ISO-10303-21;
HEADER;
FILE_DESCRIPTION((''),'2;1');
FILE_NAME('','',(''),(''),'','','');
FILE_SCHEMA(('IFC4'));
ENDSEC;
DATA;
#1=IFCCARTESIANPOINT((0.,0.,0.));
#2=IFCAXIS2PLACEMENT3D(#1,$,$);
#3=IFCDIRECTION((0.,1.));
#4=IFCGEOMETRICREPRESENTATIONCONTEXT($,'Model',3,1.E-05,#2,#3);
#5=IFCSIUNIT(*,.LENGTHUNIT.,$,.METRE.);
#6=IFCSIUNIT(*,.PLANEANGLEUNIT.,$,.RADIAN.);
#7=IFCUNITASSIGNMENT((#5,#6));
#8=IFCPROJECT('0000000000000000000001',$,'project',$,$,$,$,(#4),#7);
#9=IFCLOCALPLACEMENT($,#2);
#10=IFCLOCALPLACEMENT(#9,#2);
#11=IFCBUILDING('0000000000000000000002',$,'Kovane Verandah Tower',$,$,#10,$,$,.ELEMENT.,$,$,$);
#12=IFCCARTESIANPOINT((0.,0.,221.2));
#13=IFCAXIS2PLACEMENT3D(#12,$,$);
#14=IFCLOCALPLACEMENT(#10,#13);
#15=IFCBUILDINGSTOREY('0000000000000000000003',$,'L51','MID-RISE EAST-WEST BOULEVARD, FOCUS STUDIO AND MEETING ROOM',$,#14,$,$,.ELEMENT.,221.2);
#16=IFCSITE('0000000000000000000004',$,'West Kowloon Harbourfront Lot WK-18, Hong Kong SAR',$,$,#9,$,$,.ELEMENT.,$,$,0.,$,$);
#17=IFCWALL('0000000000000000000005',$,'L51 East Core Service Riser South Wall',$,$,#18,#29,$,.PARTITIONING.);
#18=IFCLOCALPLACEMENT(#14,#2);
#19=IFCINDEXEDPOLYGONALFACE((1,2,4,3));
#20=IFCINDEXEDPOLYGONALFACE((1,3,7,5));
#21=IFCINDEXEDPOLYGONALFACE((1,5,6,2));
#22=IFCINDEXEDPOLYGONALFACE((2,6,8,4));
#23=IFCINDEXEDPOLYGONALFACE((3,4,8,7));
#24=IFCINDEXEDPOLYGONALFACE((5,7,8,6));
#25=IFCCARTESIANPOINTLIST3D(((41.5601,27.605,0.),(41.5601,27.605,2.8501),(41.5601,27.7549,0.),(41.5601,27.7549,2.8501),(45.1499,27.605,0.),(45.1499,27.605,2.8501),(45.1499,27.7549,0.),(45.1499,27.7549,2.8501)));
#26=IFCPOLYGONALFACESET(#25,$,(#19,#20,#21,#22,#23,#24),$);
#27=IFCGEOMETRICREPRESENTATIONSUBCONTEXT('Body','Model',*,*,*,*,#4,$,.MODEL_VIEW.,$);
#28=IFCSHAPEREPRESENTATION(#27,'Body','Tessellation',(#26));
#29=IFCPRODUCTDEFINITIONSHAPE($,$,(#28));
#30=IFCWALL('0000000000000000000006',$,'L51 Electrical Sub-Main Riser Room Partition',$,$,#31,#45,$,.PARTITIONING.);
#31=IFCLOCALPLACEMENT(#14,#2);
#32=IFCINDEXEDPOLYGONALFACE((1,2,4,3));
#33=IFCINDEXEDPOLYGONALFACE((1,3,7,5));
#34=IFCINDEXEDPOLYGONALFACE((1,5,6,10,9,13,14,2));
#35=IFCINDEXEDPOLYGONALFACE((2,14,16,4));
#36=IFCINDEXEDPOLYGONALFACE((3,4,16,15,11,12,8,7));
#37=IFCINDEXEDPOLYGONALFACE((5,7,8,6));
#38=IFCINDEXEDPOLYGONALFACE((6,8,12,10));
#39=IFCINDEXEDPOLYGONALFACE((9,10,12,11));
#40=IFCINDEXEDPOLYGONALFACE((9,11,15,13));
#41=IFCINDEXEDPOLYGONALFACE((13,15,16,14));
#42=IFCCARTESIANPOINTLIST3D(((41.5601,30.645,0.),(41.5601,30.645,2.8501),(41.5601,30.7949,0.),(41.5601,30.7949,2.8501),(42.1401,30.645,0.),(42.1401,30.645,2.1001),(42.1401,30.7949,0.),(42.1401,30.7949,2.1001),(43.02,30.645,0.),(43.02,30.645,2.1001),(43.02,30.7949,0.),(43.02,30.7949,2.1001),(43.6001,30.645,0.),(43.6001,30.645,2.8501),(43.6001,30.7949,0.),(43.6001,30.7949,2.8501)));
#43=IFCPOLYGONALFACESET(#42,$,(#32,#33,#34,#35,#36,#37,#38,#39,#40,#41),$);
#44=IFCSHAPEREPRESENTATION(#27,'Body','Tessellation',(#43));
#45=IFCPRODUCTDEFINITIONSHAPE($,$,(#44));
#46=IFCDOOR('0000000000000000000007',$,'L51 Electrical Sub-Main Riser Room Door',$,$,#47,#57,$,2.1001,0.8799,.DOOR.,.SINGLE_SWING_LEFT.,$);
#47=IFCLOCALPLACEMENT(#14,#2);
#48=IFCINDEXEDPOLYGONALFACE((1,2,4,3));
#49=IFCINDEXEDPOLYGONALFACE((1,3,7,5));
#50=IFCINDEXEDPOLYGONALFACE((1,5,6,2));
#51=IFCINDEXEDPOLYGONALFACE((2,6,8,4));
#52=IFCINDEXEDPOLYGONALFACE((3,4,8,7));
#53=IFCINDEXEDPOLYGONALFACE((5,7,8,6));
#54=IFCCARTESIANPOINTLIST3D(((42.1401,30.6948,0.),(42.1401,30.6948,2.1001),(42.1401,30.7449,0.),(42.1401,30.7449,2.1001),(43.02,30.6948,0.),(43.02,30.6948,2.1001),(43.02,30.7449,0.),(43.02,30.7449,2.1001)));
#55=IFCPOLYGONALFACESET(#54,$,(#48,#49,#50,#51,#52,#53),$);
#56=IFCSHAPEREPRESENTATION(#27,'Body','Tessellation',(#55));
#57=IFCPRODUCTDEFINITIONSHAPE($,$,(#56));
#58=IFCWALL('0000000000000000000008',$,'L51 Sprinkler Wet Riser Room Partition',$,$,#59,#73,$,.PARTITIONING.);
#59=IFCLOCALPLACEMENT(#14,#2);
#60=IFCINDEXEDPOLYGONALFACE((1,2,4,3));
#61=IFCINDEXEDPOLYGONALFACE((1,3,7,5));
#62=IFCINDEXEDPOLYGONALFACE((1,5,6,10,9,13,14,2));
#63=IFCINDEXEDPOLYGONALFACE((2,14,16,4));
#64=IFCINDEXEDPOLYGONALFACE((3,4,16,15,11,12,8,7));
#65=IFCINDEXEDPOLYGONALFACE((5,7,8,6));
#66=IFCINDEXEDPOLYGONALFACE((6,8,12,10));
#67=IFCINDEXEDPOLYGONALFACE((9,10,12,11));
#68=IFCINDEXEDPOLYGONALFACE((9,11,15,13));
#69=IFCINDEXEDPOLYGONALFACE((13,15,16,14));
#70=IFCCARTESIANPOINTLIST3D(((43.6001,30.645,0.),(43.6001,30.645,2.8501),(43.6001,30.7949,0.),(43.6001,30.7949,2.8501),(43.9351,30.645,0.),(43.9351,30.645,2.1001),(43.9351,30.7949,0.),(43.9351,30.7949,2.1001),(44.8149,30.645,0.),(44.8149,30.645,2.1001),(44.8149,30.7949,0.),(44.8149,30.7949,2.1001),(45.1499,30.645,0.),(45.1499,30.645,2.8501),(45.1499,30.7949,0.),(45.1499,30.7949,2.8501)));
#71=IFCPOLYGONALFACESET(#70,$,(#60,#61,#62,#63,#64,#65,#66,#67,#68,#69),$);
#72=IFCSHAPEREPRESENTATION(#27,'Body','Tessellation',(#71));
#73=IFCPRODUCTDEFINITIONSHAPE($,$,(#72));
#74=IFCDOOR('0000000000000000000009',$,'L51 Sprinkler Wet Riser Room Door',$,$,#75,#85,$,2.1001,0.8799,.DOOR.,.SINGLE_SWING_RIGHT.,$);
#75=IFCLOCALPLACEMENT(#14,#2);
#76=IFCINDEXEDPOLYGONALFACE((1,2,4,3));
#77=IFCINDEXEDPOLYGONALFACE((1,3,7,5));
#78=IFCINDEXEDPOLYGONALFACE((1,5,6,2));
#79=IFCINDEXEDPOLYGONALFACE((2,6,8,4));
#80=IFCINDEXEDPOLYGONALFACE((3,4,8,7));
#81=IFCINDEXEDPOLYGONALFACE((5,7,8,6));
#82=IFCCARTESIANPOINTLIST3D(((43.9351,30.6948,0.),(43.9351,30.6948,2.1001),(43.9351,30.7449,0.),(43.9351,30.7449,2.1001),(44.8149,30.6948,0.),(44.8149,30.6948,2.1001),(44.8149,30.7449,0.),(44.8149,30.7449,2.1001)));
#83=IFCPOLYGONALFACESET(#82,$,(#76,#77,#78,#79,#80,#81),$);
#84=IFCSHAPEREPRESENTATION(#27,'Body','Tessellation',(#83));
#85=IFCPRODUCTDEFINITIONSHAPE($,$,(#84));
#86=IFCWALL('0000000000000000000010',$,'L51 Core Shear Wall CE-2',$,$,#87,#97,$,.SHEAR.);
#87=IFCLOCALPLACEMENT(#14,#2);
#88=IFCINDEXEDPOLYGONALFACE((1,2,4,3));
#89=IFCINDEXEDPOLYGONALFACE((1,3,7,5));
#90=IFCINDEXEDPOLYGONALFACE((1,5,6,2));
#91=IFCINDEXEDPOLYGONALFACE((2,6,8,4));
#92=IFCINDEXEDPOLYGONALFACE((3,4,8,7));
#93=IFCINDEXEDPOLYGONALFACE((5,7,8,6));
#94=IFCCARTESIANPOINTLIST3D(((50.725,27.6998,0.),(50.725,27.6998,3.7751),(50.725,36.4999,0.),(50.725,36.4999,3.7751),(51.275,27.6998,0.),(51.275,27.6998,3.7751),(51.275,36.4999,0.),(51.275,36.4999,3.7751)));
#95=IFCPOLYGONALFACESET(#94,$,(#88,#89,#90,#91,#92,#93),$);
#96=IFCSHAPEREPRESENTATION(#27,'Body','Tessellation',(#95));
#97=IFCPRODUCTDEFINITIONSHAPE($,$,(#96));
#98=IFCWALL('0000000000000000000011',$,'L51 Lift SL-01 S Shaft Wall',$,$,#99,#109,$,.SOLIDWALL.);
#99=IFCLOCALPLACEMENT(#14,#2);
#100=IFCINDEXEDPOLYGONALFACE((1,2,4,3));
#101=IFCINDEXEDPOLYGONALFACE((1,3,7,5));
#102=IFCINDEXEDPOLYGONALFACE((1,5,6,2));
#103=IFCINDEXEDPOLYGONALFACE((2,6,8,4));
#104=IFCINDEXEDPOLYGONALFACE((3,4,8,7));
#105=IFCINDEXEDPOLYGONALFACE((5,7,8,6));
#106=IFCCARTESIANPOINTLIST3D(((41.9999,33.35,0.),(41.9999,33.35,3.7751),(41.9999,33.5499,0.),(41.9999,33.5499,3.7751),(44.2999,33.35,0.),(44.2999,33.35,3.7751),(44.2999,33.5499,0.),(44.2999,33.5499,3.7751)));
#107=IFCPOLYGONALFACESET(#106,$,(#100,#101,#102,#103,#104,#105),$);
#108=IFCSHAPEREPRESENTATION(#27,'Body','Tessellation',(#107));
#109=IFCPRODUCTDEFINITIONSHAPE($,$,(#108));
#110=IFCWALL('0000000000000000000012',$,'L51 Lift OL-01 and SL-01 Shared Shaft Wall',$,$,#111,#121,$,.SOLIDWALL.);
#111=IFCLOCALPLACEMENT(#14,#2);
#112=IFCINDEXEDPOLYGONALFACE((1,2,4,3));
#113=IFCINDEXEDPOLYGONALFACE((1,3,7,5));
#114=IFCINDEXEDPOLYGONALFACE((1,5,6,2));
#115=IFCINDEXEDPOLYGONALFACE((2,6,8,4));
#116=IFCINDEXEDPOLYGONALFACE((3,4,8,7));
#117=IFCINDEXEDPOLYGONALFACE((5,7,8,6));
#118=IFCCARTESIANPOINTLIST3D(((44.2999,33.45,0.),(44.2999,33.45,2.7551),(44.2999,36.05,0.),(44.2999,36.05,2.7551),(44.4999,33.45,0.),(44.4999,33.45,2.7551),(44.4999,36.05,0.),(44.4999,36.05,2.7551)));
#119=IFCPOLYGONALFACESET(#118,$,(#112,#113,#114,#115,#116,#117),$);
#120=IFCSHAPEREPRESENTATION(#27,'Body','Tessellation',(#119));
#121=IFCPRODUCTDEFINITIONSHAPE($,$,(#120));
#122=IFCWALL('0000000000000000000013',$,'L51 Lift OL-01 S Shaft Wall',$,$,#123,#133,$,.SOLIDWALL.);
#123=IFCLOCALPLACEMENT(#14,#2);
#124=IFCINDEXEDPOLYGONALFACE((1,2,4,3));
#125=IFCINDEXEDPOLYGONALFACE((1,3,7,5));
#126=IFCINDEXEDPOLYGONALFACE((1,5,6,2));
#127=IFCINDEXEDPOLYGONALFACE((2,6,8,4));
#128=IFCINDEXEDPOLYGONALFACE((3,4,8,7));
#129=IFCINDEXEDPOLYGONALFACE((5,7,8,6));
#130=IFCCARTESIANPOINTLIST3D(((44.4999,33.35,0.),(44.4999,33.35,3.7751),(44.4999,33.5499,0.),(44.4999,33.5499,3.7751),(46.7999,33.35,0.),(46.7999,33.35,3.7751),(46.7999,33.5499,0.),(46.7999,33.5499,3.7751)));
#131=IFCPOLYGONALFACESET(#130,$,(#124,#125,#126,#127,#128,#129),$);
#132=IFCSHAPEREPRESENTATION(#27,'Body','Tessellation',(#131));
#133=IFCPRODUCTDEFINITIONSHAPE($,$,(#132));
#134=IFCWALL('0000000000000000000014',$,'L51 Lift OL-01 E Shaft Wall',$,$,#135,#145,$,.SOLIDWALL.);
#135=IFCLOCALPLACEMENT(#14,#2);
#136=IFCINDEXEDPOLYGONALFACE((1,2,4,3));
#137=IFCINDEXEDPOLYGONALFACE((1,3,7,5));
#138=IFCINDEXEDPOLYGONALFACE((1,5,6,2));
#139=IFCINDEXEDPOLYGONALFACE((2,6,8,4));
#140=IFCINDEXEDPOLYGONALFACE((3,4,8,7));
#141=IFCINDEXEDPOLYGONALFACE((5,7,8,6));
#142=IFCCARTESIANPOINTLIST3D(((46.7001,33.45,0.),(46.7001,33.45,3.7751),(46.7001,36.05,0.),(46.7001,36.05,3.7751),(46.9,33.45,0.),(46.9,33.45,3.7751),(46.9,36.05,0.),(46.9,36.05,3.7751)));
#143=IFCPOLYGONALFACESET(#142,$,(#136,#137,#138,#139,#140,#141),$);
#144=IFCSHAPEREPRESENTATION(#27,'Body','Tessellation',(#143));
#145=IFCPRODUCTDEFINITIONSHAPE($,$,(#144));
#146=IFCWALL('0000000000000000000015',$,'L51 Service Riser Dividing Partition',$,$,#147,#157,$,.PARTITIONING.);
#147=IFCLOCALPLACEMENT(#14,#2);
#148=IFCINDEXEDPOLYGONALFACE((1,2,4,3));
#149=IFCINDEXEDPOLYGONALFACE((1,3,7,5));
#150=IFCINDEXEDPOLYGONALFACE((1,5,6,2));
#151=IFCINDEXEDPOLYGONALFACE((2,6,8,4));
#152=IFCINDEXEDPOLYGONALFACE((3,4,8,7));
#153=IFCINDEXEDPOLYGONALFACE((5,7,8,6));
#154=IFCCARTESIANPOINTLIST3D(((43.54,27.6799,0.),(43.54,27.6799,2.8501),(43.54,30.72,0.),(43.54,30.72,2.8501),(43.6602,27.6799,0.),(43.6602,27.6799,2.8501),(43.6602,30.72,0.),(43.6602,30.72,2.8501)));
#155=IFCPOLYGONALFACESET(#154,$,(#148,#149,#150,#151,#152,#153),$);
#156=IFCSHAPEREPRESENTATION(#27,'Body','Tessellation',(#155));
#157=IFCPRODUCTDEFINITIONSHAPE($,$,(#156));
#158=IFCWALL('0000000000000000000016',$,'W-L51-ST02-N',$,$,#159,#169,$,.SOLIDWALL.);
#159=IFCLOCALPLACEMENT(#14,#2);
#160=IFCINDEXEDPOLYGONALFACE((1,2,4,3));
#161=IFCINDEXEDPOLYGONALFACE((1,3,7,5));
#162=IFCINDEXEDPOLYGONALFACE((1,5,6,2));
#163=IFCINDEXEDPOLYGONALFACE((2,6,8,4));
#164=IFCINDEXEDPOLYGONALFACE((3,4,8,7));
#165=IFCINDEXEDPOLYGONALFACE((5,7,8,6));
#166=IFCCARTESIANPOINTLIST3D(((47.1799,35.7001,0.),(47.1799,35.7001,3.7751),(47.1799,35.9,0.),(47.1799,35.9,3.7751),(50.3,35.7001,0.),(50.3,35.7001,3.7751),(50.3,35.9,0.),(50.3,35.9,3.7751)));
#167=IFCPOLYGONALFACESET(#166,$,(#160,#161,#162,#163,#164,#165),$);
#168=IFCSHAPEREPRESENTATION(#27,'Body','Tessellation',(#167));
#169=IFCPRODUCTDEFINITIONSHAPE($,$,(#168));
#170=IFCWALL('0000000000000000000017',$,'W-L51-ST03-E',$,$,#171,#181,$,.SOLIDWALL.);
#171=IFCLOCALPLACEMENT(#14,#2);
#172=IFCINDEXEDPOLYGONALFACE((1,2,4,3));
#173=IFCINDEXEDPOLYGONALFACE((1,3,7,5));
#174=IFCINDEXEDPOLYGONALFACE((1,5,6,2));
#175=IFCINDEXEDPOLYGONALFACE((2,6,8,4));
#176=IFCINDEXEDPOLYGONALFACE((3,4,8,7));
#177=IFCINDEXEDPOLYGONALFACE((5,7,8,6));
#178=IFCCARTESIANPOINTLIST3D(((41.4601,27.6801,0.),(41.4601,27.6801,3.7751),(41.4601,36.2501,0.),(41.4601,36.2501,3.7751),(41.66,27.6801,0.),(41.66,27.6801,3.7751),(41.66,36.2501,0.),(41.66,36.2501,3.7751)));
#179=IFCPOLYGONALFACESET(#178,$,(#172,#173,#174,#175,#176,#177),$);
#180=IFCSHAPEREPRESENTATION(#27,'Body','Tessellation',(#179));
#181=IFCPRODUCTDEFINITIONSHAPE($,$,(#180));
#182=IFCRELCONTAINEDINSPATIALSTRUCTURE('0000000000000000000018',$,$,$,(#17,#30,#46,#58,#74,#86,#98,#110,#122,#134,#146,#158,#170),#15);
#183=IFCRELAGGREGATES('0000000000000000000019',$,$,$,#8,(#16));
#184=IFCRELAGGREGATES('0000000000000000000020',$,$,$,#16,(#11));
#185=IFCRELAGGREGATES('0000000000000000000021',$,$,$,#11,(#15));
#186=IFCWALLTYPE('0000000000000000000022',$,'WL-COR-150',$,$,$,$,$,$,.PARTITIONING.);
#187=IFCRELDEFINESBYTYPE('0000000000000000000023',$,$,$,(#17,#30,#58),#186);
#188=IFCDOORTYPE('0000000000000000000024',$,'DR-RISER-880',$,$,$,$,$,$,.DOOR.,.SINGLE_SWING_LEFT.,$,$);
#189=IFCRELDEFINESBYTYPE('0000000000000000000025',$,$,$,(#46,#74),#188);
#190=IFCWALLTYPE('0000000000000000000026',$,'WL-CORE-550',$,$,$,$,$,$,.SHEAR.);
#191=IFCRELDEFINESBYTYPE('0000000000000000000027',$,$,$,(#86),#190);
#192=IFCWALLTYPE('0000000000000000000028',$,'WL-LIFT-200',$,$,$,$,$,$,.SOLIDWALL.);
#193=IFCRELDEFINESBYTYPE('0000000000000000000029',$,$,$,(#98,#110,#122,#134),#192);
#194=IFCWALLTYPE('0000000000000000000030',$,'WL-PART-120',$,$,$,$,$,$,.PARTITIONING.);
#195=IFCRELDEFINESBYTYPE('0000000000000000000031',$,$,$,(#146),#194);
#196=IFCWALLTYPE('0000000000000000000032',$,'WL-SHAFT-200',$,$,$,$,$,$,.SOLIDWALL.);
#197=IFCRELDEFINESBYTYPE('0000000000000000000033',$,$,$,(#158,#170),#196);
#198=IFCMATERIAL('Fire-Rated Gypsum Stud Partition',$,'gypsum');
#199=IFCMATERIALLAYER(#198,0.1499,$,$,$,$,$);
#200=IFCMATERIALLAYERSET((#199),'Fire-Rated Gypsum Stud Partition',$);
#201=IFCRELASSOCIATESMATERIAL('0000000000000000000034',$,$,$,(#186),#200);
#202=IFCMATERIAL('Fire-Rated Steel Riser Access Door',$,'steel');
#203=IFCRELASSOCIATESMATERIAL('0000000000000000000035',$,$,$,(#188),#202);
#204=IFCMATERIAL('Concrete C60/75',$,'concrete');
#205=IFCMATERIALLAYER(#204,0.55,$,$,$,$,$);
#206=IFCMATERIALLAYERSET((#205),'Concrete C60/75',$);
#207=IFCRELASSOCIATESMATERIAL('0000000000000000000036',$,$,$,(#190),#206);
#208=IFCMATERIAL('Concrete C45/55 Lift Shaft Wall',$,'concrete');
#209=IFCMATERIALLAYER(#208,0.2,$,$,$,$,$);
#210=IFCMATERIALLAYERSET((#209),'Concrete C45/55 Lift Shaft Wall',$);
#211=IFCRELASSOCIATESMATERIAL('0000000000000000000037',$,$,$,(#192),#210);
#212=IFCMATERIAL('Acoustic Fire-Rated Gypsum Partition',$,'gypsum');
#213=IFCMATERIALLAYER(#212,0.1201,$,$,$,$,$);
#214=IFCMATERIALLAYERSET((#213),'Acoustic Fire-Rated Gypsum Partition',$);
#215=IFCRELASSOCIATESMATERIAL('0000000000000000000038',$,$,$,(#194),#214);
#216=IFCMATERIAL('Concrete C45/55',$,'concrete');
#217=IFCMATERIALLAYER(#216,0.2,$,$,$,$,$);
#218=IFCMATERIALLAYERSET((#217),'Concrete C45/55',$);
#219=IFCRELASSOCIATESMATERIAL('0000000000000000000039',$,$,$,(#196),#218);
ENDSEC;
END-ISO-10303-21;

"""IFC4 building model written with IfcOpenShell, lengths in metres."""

from ifc_helpers import new_model, si_unit, direction, frame, frame_2d, origin, place, context, subcontext, project, spatial, rectangle, extrude, material, layer, layer_set, type_object, element, fill, save


model = new_model("IFC4")

# Units and contexts
model_context = context("Model", 3, precision=1e-05, world=origin(), true_north=direction((0.0, 1.0)))
body_context = subcontext(model_context, "Body", "Model", "MODEL_VIEW")
ifc_project = project(units=[si_unit("LENGTHUNIT", "METRE"), si_unit("PLANEANGLEUNIT", "RADIAN")], contexts=[model_context])

# Site, building, storey
site_placement = place(None, origin())
site = spatial("IfcSite", under=ifc_project, at=site_placement, Name="West Kowloon Harbourfront Lot WK-18, Hong Kong SAR", CompositionType="ELEMENT", RefElevation=0.0)
building_placement = place(site_placement, origin())
building = spatial("IfcBuilding", under=site, at=building_placement, Name="Kovane Verandah Tower", CompositionType="ELEMENT")
storey_placement = place(building_placement, frame((0.0, 0.0, 221.2)))
storey = spatial("IfcBuildingStorey", under=building, at=storey_placement, Name="L51", Description="MID-RISE EAST-WEST BOULEVARD, FOCUS STUDIO AND MEETING ROOM", CompositionType="ELEMENT", Elevation=221.2)

# Wall
ifc_material_1 = material(Name="Fire-Rated Gypsum Stud Partition", Category="gypsum")
ifc_layer_1 = layer(ifc_material_1, 0.1499)
ifc_layer_set_1 = layer_set([ifc_layer_1], Name="Fire-Rated Gypsum Stud Partition")
wall_type_1 = type_object("IfcWallType", Name="WL-COR-150", PredefinedType="PARTITIONING", material=ifc_layer_set_1)
wall_1_placement = place(storey_placement, frame((41.5601, 27.6799, 0.0), z_axis=(0.0, 0.0, 1.0), x_axis=(1.0, 0.0, 0.0)))
element("IfcWall", 1, at=wall_1_placement, inside=storey, type_object=wall_type_1, Name="L51 East Core Service Riser South Wall", PredefinedType="PARTITIONING", context=body_context, shape_type="SweptSolid", body=[
    extrude(rectangle(XDim=3.5898, YDim=0.1499, at=frame_2d((1.7949, 0.0))), origin(), (0.0, 0.0, 1.0), 2.8501),
])

# Walls, openings, doors
wall_2_placement = place(storey_placement, frame((41.5601, 30.72, 0.0), z_axis=(0.0, 0.0, 1.0), x_axis=(1.0, 0.0, 0.0)))
wall_2 = element("IfcWall", 2, at=wall_2_placement, inside=storey, type_object=wall_type_1, Name="L51 Electrical Sub-Main Riser Room Partition", PredefinedType="PARTITIONING", context=body_context, shape_type="SweptSolid", body=[
    extrude(rectangle(XDim=2.04, YDim=0.1499, at=frame_2d((1.02, 0.0))), origin(), (0.0, 0.0, 1.0), 2.8501),
])
opening_1_placement = place(wall_2_placement, frame((0.5801, 0.0, 0.0)))
opening_1 = element("IfcOpeningElement", 3, at=opening_1_placement, cuts=wall_2, PredefinedType="OPENING", context=body_context, shape_type="SweptSolid", body=[
    extrude(rectangle(XDim=0.8799, YDim=2.1001, at=frame_2d((0.4399, 1.05))), frame((0.0, 0.075, 0.0), z_axis=(0.0, -1.0, 0.0), x_axis=(1.0, 0.0, 0.0)), (0.0, 0.0, 1.0), 0.1499),
])
ifc_material_2 = material(Name="Fire-Rated Steel Riser Access Door", Category="steel")
door_type = type_object("IfcDoorType", Name="DR-RISER-880", OperationType="SINGLE_SWING_LEFT", PredefinedType="DOOR", material=ifc_material_2)
door_1_placement = place(opening_1_placement, origin())
door_1 = element("IfcDoor", 4, at=door_1_placement, inside=storey, type_object=door_type, Name="L51 Electrical Sub-Main Riser Room Door", OperationType="SINGLE_SWING_LEFT", OverallHeight=2.1001, OverallWidth=0.8799, PredefinedType="DOOR", context=body_context, shape_type="SweptSolid", body=[
    extrude(rectangle(XDim=0.8799, YDim=2.1001, at=frame_2d((0.4399, 1.05))), frame((0.0, 0.0249, 0.0), z_axis=(0.0, -1.0, 0.0), x_axis=(1.0, 0.0, 0.0)), (0.0, 0.0, 1.0), 0.05),
])
fill(opening_1, door_1)
wall_3_placement = place(storey_placement, frame((43.6001, 30.72, 0.0), z_axis=(0.0, 0.0, 1.0), x_axis=(1.0, 0.0, 0.0)))
wall_3 = element("IfcWall", 5, at=wall_3_placement, inside=storey, type_object=wall_type_1, Name="L51 Sprinkler Wet Riser Room Partition", PredefinedType="PARTITIONING", context=body_context, shape_type="SweptSolid", body=[
    extrude(rectangle(XDim=1.5498, YDim=0.1499, at=frame_2d((0.7749, 0.0))), origin(), (0.0, 0.0, 1.0), 2.8501),
])
opening_2_placement = place(wall_3_placement, frame((0.335, 0.0, 0.0)))
opening_2 = element("IfcOpeningElement", 6, at=opening_2_placement, cuts=wall_3, PredefinedType="OPENING", context=body_context, shape_type="SweptSolid", body=[
    extrude(rectangle(XDim=0.8799, YDim=2.1001, at=frame_2d((0.4399, 1.05))), frame((0.0, 0.075, 0.0), z_axis=(0.0, -1.0, 0.0), x_axis=(1.0, 0.0, 0.0)), (0.0, 0.0, 1.0), 0.1499),
])
door_2_placement = place(opening_2_placement, origin())
door_2 = element("IfcDoor", 7, at=door_2_placement, inside=storey, type_object=door_type, Name="L51 Sprinkler Wet Riser Room Door", OperationType="SINGLE_SWING_RIGHT", OverallHeight=2.1001, OverallWidth=0.8799, PredefinedType="DOOR", context=body_context, shape_type="SweptSolid", body=[
    extrude(rectangle(XDim=0.8799, YDim=2.1001, at=frame_2d((0.4399, 1.05))), frame((0.0, 0.0249, 0.0), z_axis=(0.0, -1.0, 0.0), x_axis=(1.0, 0.0, 0.0)), (0.0, 0.0, 1.0), 0.05),
])
fill(opening_2, door_2)

# Walls
ifc_material_3 = material(Name="Concrete C60/75", Category="concrete")
ifc_layer_2 = layer(ifc_material_3, 0.55)
ifc_layer_set_2 = layer_set([ifc_layer_2], Name="Concrete C60/75")
wall_type_2 = type_object("IfcWallType", Name="WL-CORE-550", PredefinedType="SHEAR", material=ifc_layer_set_2)
wall_4_placement = place(storey_placement, frame((51.0, 27.7, 0.0), z_axis=(0.0, 0.0, 1.0), x_axis=(0.0, 1.0, 0.0)))
element("IfcWall", 8, at=wall_4_placement, inside=storey, type_object=wall_type_2, Name="L51 Core Shear Wall CE-2", PredefinedType="SHEAR", context=body_context, shape_type="SweptSolid", body=[
    extrude(rectangle(XDim=8.8, YDim=0.55, at=frame_2d((4.3999, 0.0))), origin(), (0.0, 0.0, 1.0), 3.7751),
])
ifc_material_4 = material(Name="Concrete C45/55 Lift Shaft Wall", Category="concrete")
ifc_layer_3 = layer(ifc_material_4, 0.2)
ifc_layer_set_3 = layer_set([ifc_layer_3], Name="Concrete C45/55 Lift Shaft Wall")
wall_type_3 = type_object("IfcWallType", Name="WL-LIFT-200", PredefinedType="SOLIDWALL", material=ifc_layer_set_3)
wall_5_placement = place(storey_placement, frame((42.0, 33.45, 0.0), z_axis=(0.0, 0.0, 1.0), x_axis=(1.0, 0.0, 0.0)))
element("IfcWall", 9, at=wall_5_placement, inside=storey, type_object=wall_type_3, Name="L51 Lift SL-01 S Shaft Wall", PredefinedType="SOLIDWALL", context=body_context, shape_type="SweptSolid", body=[
    extrude(rectangle(XDim=2.3, YDim=0.2, at=frame_2d((1.1499, 0.0))), origin(), (0.0, 0.0, 1.0), 3.7751),
])
wall_6_placement = place(storey_placement, frame((44.3999, 33.45, 0.0), z_axis=(0.0, 0.0, 1.0), x_axis=(0.0, 1.0, 0.0)))
element("IfcWall", 10, at=wall_6_placement, inside=storey, type_object=wall_type_3, Name="L51 Lift OL-01 and SL-01 Shared Shaft Wall", PredefinedType="SOLIDWALL", context=body_context, shape_type="SweptSolid", body=[
    extrude(rectangle(XDim=2.6001, YDim=0.2, at=frame_2d((1.3, 0.0))), origin(), (0.0, 0.0, 1.0), 2.7551),
])
wall_7_placement = place(storey_placement, frame((44.5, 33.45, 0.0), z_axis=(0.0, 0.0, 1.0), x_axis=(1.0, 0.0, 0.0)))
element("IfcWall", 11, at=wall_7_placement, inside=storey, type_object=wall_type_3, Name="L51 Lift OL-01 S Shaft Wall", PredefinedType="SOLIDWALL", context=body_context, shape_type="SweptSolid", body=[
    extrude(rectangle(XDim=2.3, YDim=0.2, at=frame_2d((1.1499, 0.0))), origin(), (0.0, 0.0, 1.0), 3.7751),
])
wall_8_placement = place(storey_placement, frame((46.8, 33.45, 0.0), z_axis=(0.0, 0.0, 1.0), x_axis=(0.0, 1.0, 0.0)))
element("IfcWall", 12, at=wall_8_placement, inside=storey, type_object=wall_type_3, Name="L51 Lift OL-01 E Shaft Wall", PredefinedType="SOLIDWALL", context=body_context, shape_type="SweptSolid", body=[
    extrude(rectangle(XDim=2.6001, YDim=0.2, at=frame_2d((1.3, 0.0))), origin(), (0.0, 0.0, 1.0), 3.7751),
])
ifc_material_5 = material(Name="Acoustic Fire-Rated Gypsum Partition", Category="gypsum")
ifc_layer_4 = layer(ifc_material_5, 0.1201)
ifc_layer_set_4 = layer_set([ifc_layer_4], Name="Acoustic Fire-Rated Gypsum Partition")
wall_type_4 = type_object("IfcWallType", Name="WL-PART-120", PredefinedType="PARTITIONING", material=ifc_layer_set_4)
wall_9_placement = place(storey_placement, frame((43.6001, 27.6799, 0.0), z_axis=(0.0, 0.0, 1.0), x_axis=(0.0, 1.0, 0.0)))
element("IfcWall", 13, at=wall_9_placement, inside=storey, type_object=wall_type_4, Name="L51 Service Riser Dividing Partition", PredefinedType="PARTITIONING", context=body_context, shape_type="SweptSolid", body=[
    extrude(rectangle(XDim=3.04, YDim=0.1201, at=frame_2d((1.52, 0.0))), origin(), (0.0, 0.0, 1.0), 2.8501),
])
ifc_material_6 = material(Name="Concrete C45/55", Category="concrete")
ifc_layer_5 = layer(ifc_material_6, 0.2)
ifc_layer_set_5 = layer_set([ifc_layer_5], Name="Concrete C45/55")
wall_type_5 = type_object("IfcWallType", Name="WL-SHAFT-200", PredefinedType="SOLIDWALL", material=ifc_layer_set_5)
wall_10_placement = place(storey_placement, frame((47.1799, 35.8, 0.0), z_axis=(0.0, 0.0, 1.0), x_axis=(1.0, 0.0, 0.0)))
element("IfcWall", 14, at=wall_10_placement, inside=storey, type_object=wall_type_5, Name="W-L51-ST02-N", PredefinedType="SOLIDWALL", context=body_context, shape_type="SweptSolid", body=[
    extrude(rectangle(XDim=3.1201, YDim=0.2, at=frame_2d((1.5601, 0.0))), origin(), (0.0, 0.0, 1.0), 3.7751),
])
wall_11_placement = place(storey_placement, frame((41.5601, 27.6799, 0.0), z_axis=(0.0, 0.0, 1.0), x_axis=(0.0, 1.0, 0.0)))
element("IfcWall", 15, at=wall_11_placement, inside=storey, type_object=wall_type_5, Name="W-L51-ST03-E", PredefinedType="SOLIDWALL", context=body_context, shape_type="SweptSolid", body=[
    extrude(rectangle(XDim=8.5701, YDim=0.2, at=frame_2d((4.2852, 0.0))), origin(), (0.0, 0.0, 1.0), 3.7751),
])

save(model, "model.ifc")
